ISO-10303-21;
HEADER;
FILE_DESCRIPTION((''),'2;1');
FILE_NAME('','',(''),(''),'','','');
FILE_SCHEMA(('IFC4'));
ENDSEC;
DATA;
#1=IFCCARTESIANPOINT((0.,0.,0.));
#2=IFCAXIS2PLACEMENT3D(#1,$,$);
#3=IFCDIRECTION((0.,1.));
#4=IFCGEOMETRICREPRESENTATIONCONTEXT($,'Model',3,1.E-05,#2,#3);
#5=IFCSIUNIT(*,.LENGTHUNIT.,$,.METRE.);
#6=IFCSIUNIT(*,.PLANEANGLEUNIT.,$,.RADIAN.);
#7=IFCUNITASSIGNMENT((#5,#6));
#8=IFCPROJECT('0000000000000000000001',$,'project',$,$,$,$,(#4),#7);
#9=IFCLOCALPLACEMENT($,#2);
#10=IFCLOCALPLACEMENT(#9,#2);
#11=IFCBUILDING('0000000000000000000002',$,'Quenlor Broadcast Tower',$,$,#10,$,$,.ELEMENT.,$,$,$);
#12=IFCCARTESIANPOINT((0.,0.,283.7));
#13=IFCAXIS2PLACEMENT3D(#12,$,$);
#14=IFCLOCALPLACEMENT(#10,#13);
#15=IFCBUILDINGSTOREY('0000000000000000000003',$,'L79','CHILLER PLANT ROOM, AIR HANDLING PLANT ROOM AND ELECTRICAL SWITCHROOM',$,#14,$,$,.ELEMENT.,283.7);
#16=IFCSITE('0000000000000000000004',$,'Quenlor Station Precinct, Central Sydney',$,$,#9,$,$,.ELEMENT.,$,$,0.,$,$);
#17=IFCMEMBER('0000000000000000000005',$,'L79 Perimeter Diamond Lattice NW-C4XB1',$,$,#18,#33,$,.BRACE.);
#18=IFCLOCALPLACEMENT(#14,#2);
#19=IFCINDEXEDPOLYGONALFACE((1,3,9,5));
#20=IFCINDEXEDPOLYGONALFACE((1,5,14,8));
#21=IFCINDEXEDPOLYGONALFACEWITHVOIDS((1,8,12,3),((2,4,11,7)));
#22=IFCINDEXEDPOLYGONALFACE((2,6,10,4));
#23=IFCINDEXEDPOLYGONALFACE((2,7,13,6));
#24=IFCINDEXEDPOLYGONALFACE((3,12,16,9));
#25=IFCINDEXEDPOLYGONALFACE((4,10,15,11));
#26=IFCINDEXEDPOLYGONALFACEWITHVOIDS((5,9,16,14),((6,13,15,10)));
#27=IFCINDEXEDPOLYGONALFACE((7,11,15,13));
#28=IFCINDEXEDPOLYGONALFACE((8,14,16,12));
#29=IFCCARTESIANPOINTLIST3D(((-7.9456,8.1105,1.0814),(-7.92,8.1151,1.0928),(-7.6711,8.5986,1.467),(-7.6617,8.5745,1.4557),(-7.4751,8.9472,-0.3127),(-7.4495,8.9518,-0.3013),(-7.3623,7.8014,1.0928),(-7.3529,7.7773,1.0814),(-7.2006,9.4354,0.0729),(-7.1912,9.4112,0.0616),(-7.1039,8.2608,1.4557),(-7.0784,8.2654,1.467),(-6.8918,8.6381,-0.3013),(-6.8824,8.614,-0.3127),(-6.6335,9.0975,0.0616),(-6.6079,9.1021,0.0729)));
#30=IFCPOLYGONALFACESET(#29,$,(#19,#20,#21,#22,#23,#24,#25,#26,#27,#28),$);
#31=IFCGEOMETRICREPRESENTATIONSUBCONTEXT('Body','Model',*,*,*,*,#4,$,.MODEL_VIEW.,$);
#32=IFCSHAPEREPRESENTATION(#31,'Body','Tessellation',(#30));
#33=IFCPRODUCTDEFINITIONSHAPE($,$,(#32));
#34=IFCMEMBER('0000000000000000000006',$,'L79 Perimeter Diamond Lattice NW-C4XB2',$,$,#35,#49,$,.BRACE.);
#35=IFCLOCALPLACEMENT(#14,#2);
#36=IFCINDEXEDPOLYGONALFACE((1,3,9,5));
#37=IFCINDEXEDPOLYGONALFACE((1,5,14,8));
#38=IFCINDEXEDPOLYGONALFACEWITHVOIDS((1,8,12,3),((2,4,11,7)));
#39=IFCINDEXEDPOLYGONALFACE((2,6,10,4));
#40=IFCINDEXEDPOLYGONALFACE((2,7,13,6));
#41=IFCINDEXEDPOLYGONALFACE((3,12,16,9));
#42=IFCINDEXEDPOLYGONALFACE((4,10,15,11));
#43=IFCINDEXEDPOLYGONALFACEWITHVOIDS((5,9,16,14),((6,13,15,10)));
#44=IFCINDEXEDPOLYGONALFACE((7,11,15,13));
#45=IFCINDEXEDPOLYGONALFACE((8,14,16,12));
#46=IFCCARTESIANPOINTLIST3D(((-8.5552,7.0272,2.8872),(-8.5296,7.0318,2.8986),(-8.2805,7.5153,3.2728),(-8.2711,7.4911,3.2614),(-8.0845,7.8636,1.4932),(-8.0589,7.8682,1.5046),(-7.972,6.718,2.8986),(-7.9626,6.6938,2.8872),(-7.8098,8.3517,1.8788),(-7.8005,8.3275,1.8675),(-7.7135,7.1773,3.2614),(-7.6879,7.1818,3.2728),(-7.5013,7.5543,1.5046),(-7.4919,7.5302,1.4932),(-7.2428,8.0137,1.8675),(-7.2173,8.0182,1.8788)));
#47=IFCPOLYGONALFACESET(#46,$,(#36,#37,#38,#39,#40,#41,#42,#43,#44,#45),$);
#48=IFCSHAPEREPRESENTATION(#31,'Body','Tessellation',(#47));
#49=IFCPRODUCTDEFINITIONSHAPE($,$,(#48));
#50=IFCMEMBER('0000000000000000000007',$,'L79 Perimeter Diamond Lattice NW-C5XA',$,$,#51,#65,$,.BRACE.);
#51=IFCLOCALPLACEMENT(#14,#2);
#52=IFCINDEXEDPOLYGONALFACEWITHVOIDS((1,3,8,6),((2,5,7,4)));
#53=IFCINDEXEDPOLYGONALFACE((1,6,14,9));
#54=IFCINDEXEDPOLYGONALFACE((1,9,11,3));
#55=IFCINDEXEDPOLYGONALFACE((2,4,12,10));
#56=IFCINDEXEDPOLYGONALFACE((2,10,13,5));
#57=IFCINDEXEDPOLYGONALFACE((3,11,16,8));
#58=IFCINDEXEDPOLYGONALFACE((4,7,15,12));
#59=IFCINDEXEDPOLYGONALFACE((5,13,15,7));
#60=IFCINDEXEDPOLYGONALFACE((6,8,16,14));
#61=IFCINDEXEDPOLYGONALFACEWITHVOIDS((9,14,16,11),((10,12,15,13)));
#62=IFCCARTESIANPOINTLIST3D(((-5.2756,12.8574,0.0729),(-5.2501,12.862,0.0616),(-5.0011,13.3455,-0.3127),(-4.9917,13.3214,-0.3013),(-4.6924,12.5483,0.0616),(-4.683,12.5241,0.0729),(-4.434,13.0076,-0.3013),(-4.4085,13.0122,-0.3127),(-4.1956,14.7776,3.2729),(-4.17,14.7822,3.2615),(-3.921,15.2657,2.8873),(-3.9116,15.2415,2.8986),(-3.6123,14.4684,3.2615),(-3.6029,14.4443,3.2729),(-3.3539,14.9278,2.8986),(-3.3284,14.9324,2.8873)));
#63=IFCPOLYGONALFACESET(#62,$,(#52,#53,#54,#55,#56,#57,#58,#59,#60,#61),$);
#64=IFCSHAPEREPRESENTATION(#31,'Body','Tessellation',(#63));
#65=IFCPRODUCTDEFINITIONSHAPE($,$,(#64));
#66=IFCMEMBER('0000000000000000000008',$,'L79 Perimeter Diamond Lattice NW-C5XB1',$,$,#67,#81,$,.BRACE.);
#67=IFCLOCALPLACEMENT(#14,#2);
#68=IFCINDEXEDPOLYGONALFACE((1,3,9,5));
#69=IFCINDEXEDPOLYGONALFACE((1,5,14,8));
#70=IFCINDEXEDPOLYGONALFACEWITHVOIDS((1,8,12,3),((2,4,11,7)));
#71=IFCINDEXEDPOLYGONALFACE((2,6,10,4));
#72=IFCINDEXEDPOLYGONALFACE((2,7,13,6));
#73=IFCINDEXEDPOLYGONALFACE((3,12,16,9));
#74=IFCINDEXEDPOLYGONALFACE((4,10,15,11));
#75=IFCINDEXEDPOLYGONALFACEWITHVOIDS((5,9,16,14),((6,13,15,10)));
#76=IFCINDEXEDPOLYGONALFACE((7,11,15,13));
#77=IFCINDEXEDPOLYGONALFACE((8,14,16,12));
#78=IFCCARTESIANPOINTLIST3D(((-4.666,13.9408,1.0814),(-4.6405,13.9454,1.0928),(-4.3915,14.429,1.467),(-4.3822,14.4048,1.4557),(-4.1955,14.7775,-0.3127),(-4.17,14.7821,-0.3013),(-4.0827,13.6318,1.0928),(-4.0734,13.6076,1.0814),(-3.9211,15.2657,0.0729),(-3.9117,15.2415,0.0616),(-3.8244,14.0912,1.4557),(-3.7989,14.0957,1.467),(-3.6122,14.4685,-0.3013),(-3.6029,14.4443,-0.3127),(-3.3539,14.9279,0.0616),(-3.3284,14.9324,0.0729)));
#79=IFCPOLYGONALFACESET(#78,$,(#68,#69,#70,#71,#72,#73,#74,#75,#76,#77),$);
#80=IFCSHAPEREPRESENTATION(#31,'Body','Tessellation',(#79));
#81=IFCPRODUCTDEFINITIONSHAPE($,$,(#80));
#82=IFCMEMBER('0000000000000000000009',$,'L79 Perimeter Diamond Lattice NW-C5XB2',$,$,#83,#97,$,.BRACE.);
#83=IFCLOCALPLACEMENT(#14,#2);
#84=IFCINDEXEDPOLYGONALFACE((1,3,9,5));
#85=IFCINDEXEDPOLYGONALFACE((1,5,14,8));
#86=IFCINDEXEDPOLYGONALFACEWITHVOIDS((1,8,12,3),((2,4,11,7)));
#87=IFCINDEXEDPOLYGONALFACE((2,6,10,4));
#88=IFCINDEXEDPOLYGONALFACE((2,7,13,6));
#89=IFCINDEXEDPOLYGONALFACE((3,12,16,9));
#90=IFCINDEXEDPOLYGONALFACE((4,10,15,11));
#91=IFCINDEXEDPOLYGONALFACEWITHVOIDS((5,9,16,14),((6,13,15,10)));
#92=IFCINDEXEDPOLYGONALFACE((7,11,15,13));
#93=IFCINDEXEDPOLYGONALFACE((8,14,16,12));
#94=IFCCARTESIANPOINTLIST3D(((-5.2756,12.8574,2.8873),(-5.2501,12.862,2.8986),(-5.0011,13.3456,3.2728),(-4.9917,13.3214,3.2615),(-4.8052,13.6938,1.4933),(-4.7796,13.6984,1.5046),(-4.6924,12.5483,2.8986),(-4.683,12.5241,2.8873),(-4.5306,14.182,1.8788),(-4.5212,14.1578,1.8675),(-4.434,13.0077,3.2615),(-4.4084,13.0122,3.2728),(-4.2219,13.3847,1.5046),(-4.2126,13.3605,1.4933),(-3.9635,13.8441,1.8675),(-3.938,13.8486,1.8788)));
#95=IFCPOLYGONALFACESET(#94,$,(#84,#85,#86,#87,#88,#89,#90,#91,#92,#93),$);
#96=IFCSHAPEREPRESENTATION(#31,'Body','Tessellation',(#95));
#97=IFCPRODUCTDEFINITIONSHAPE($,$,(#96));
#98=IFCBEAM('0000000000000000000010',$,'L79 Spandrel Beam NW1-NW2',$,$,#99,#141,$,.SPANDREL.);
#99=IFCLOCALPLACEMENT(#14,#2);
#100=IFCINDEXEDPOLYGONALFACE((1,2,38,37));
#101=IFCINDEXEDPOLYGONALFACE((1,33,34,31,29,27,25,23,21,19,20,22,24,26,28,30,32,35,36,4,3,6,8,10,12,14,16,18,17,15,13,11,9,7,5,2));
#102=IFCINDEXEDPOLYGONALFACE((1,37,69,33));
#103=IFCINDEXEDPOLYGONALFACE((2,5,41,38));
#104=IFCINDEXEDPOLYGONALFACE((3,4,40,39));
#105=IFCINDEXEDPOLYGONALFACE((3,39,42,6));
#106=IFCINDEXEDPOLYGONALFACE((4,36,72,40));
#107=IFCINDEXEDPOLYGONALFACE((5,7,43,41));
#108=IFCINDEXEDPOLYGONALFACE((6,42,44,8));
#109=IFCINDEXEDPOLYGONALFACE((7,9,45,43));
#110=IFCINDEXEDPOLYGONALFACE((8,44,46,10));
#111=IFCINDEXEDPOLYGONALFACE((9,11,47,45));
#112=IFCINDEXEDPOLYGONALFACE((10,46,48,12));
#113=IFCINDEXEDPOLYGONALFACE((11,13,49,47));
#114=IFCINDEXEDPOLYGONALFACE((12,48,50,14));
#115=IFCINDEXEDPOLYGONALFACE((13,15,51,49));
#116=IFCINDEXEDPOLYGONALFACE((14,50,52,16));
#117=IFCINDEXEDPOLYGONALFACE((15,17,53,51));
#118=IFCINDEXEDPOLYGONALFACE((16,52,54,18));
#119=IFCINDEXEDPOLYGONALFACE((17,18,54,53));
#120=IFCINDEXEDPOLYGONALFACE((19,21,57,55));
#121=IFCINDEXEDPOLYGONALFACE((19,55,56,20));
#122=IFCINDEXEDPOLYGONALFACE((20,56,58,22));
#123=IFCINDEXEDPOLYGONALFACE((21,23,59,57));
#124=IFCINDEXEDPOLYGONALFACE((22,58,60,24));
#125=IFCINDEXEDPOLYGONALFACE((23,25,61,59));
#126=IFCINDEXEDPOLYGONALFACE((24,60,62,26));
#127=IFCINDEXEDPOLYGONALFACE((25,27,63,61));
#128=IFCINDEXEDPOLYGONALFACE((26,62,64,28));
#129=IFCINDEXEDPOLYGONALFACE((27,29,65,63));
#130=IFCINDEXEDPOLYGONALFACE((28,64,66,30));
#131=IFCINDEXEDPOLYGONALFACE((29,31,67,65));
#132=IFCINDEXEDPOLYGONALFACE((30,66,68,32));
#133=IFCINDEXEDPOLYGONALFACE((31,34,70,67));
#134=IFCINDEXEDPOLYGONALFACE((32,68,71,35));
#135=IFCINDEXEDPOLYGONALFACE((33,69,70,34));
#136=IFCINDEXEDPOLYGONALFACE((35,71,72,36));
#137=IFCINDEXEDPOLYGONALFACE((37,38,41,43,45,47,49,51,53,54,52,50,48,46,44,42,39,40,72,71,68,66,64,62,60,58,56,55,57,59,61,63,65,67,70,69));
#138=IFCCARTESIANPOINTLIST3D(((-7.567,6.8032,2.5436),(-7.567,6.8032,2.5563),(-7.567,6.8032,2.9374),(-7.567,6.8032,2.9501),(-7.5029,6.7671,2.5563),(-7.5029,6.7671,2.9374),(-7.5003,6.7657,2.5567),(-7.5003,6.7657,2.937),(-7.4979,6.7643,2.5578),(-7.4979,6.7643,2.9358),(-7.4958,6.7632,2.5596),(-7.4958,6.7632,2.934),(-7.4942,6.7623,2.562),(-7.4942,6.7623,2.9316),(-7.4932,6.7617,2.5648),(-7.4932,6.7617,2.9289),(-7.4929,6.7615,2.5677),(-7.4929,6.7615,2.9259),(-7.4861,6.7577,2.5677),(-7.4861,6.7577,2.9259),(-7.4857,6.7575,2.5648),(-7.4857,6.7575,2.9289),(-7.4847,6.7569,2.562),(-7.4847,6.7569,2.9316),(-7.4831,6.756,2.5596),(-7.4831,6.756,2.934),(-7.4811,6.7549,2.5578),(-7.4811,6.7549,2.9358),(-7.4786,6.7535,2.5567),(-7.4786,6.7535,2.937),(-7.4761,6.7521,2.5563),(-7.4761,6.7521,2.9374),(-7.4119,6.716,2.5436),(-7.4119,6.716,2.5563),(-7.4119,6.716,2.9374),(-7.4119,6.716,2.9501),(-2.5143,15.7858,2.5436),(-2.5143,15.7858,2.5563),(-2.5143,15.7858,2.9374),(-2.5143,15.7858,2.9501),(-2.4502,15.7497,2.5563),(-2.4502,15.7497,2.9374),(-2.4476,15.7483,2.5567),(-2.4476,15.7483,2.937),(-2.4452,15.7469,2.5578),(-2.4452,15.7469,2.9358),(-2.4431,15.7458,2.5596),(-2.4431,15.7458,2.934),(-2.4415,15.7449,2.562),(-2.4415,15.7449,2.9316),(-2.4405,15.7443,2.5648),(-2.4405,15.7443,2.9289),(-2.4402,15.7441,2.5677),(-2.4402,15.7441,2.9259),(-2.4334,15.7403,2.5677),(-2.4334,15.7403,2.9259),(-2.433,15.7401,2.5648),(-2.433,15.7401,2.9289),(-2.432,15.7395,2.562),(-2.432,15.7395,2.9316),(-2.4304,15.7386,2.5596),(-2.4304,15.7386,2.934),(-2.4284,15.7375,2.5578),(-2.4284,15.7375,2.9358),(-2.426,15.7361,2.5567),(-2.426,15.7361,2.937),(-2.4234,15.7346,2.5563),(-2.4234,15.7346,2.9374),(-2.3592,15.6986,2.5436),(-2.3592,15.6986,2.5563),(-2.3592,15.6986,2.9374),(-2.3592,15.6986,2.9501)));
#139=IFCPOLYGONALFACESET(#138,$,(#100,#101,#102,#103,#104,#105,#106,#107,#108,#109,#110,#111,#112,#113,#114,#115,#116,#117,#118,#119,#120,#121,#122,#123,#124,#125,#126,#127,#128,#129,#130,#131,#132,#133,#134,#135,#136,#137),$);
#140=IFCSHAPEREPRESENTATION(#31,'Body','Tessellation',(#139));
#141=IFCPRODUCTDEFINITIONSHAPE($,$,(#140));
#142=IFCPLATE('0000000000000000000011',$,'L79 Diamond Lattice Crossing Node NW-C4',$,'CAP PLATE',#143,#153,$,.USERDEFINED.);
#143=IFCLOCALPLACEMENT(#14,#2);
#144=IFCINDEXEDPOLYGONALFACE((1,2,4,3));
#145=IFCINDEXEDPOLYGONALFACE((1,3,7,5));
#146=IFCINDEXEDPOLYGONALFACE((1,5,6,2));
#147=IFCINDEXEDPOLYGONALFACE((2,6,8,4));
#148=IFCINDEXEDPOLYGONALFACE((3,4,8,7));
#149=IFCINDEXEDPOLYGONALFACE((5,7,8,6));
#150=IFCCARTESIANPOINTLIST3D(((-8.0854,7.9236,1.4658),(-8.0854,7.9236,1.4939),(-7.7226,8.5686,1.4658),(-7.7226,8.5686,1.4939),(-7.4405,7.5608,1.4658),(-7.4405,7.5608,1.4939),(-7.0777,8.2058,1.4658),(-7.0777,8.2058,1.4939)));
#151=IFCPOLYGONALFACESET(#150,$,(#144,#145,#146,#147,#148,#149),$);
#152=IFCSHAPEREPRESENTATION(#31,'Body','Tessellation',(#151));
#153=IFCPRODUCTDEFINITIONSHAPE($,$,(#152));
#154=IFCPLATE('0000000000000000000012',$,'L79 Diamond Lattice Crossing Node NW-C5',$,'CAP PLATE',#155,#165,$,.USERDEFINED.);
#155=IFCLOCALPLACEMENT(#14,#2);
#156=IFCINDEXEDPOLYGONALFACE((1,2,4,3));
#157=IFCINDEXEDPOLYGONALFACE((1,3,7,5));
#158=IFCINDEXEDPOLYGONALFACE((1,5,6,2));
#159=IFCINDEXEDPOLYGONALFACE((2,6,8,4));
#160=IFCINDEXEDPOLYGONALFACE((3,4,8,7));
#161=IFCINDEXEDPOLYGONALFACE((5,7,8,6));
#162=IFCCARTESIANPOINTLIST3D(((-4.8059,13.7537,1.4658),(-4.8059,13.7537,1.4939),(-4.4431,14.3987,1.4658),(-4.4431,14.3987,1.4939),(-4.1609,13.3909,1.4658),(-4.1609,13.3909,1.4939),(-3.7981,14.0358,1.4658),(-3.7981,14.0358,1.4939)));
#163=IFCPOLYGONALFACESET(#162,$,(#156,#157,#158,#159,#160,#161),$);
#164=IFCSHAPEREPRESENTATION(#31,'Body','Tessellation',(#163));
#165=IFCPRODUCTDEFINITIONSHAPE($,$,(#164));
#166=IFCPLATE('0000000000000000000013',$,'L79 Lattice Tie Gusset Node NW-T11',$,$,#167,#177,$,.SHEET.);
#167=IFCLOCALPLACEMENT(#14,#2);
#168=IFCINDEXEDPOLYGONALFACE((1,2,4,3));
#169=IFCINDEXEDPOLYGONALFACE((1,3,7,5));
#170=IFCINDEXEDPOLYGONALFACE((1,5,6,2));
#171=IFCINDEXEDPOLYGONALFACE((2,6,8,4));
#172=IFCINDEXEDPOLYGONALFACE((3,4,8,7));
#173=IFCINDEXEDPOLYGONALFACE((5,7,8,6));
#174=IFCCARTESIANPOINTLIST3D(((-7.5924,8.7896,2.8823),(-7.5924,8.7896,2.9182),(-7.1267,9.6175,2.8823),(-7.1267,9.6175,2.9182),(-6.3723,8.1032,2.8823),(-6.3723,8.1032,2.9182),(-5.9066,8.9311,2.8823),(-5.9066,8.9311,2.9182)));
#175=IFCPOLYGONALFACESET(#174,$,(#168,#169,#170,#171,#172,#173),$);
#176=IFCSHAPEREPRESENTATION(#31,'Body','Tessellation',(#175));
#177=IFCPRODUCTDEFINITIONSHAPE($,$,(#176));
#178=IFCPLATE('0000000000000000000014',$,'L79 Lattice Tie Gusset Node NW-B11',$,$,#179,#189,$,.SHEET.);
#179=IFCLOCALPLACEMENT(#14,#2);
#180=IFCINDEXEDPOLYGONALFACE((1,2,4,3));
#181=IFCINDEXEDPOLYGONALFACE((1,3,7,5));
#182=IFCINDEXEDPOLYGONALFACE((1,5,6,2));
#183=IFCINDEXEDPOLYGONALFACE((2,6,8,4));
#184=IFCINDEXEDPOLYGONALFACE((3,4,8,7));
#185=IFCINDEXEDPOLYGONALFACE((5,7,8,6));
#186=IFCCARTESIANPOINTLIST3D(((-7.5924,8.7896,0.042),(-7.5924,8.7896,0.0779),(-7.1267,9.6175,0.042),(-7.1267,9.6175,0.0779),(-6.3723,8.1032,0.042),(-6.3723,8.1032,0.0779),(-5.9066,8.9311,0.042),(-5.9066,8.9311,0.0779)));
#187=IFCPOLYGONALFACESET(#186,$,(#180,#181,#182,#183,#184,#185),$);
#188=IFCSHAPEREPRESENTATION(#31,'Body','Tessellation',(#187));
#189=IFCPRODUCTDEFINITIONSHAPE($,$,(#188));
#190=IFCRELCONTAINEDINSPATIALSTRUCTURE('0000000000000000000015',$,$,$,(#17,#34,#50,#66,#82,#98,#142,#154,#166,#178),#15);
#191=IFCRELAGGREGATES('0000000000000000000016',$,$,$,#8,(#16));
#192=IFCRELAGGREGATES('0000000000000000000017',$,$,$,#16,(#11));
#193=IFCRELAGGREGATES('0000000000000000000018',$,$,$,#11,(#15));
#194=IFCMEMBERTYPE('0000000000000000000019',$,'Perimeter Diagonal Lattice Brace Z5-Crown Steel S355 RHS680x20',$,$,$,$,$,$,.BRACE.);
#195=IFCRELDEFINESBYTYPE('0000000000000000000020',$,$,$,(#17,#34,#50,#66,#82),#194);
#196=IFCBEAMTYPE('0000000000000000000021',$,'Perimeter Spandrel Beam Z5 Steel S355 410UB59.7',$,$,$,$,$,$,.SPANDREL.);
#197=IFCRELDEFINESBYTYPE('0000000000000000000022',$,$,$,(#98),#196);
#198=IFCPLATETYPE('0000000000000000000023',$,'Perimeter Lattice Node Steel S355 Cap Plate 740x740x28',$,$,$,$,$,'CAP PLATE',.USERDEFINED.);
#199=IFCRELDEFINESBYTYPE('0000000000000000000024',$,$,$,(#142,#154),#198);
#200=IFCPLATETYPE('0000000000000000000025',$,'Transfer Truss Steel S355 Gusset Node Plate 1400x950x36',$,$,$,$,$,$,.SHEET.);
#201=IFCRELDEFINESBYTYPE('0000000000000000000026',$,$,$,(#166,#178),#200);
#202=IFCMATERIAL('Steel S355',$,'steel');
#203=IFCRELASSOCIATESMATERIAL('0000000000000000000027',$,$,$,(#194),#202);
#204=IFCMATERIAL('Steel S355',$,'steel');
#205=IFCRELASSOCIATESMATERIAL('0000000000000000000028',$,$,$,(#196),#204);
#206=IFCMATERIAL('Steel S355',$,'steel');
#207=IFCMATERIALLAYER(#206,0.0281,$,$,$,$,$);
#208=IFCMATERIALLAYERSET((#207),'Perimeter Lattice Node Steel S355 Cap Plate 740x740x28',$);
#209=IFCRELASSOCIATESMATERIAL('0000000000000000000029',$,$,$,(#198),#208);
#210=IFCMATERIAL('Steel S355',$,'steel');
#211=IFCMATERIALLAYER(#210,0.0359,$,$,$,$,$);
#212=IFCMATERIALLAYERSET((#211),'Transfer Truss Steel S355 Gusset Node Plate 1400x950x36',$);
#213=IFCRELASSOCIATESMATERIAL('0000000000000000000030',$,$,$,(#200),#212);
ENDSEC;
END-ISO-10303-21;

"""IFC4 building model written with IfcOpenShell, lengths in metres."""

from ifc_helpers import new_model, si_unit, direction, frame, origin, origin_2d, place, context, subcontext, project, spatial, rectangle, hollow_rectangle, i_section, extrude, material, layer, layer_set, material_profile, profile_set, type_object, element, save


model = new_model("IFC4")

# Units and contexts
model_context = context("Model", 3, precision=1e-05, world=origin(), true_north=direction((0.0, 1.0)))
body_context = subcontext(model_context, "Body", "Model", "MODEL_VIEW")
ifc_project = project(units=[si_unit("LENGTHUNIT", "METRE"), si_unit("PLANEANGLEUNIT", "RADIAN")], contexts=[model_context])

# Site, building, storey
site_placement = place(None, origin())
site = spatial("IfcSite", under=ifc_project, at=site_placement, Name="Quenlor Station Precinct, Central Sydney", CompositionType="ELEMENT", RefElevation=0.0)
building_placement = place(site_placement, origin())
building = spatial("IfcBuilding", under=site, at=building_placement, Name="Quenlor Broadcast Tower", CompositionType="ELEMENT")
storey_placement = place(building_placement, frame((0.0, 0.0, 283.7)))
storey = spatial("IfcBuildingStorey", under=building, at=storey_placement, Name="L79", Description="CHILLER PLANT ROOM, AIR HANDLING PLANT ROOM AND ELECTRICAL SWITCHROOM", CompositionType="ELEMENT", Elevation=283.7)

# Members
ifc_material_1 = material(Name="Steel S355", Category="steel")
ifc_material_profile_1 = material_profile(ifc_material_1, hollow_rectangle(XDim=0.6799, YDim=0.6799, WallThickness=0.02, at=origin_2d()))
ifc_profile_set_1 = profile_set([ifc_material_profile_1], Name="Steel S355 RHS680x680x20")
member_type = type_object("IfcMemberType", Name="Perimeter Diagonal Lattice Brace Z5-Crown Steel S355 RHS680x20", PredefinedType="BRACE", material=ifc_profile_set_1)
member_1_placement = place(storey_placement, frame((-7.0415, 9.0247, -0.1199), z_axis=(-0.27796, -0.494327, 0.823638), x_axis=(0.87165, -0.490128, 0.0)))
element("IfcMember", 1, at=member_1_placement, inside=storey, type_object=member_type, Name="L79 Perimeter Diamond Lattice NW-C4XB1", PredefinedType="BRACE", context=body_context, shape_type="SweptSolid", body=[
    extrude(hollow_rectangle(XDim=0.6799, YDim=0.6799, WallThickness=0.02, at=origin_2d()), origin(), (0.0, 0.0, 1.0), 1.6926),
])
member_2_placement = place(storey_placement, frame((-7.6509, 7.9409, 1.686), z_axis=(-0.278113, -0.494198, 0.823664), x_axis=(0.87148, -0.49043, 0.0)))
element("IfcMember", 2, at=member_2_placement, inside=storey, type_object=member_type, Name="L79 Perimeter Diamond Lattice NW-C4XB2", PredefinedType="BRACE", context=body_context, shape_type="SweptSolid", body=[
    extrude(hollow_rectangle(XDim=0.6799, YDim=0.6799, WallThickness=0.02, at=origin_2d()), origin(), (0.0, 0.0, 1.0), 1.6924),
])
member_3_placement = place(storey_placement, frame((-4.842, 12.9348, -0.1199), z_axis=(0.278012, 0.49425, 0.823666), x_axis=(-0.871578, 0.490256, 0.0)))
element("IfcMember", 3, at=member_3_placement, inside=storey, type_object=member_type, Name="L79 Perimeter Diamond Lattice NW-C5XA", PredefinedType="BRACE", context=body_context, shape_type="SweptSolid", body=[
    extrude(hollow_rectangle(XDim=0.6799, YDim=0.6799, WallThickness=0.02, at=origin_2d()), origin(), (0.0, 0.0, 1.0), 3.885),
])
member_4_placement = place(storey_placement, frame((-3.762, 14.855, -0.1199), z_axis=(-0.27796, -0.494327, 0.823638), x_axis=(0.87165, -0.490128, 0.0)))
element("IfcMember", 4, at=member_4_placement, inside=storey, type_object=member_type, Name="L79 Perimeter Diamond Lattice NW-C5XB1", PredefinedType="BRACE", context=body_context, shape_type="SweptSolid", body=[
    extrude(hollow_rectangle(XDim=0.6799, YDim=0.6799, WallThickness=0.02, at=origin_2d()), origin(), (0.0, 0.0, 1.0), 1.6926),
])
member_5_placement = place(storey_placement, frame((-4.3716, 13.7712, 1.686), z_axis=(-0.27798, -0.494218, 0.823697), x_axis=(0.871589, -0.490237, 0.0)))
element("IfcMember", 5, at=member_5_placement, inside=storey, type_object=member_type, Name="L79 Perimeter Diamond Lattice NW-C5XB2", PredefinedType="BRACE", context=body_context, shape_type="SweptSolid", body=[
    extrude(hollow_rectangle(XDim=0.6799, YDim=0.6799, WallThickness=0.02, at=origin_2d()), origin(), (0.0, 0.0, 1.0), 1.6924),
])

# Beam
ifc_material_2 = material(Name="Steel S355", Category="steel")
ifc_material_profile_2 = material_profile(ifc_material_2, i_section(OverallWidth=0.178, OverallDepth=0.4065, WebThickness=0.0078, FlangeThickness=0.0127, FilletRadius=0.0115, at=origin_2d()))
ifc_profile_set_2 = profile_set([ifc_material_profile_2], Name="Steel S355 410UB59.7")
beam_type_1 = type_object("IfcBeamType", Name="Perimeter Spandrel Beam Z5 Steel S355 410UB59.7", PredefinedType="SPANDREL", material=ifc_profile_set_2)
beam_1_placement = place(storey_placement, frame((-2.4368, 15.7422, 2.7468), z_axis=(-0.49026, -0.871576, 0.0), x_axis=(0.871576, -0.49026, 0.0)))
element("IfcBeam", 6, at=beam_1_placement, inside=storey, type_object=beam_type_1, Name="L79 Spandrel Beam NW1-NW2", PredefinedType="SPANDREL", context=body_context, shape_type="SweptSolid", body=[
    extrude(i_section(OverallWidth=0.178, OverallDepth=0.4065, WebThickness=0.0078, FlangeThickness=0.0127, FilletRadius=0.0115, at=origin_2d()), origin(), (0.0, 0.0, 1.0), 10.3062),
])

# Plates
ifc_material_3 = material(Name="Steel S355", Category="steel")
ifc_layer_1 = layer(ifc_material_3, 0.0281)
ifc_layer_set_1 = layer_set([ifc_layer_1], Name="Perimeter Lattice Node Steel S355 Cap Plate 740x740x28")
plate_type_1 = type_object("IfcPlateType", Name="Perimeter Lattice Node Steel S355 Cap Plate 740x740x28", ElementType="CAP PLATE", PredefinedType="USERDEFINED", material=ifc_layer_set_1)
for number, where, z_axis, x_axis, name in (
    (7, (-7.5815, 8.0647, 1.4658), (0.0, 0.0, 1.0), (0.490295, 0.871556, 0.0), "L79 Diamond Lattice Crossing Node NW-C4"),
    (8, (-4.302, 13.8948, 1.4658), (0.0, 0.0, 1.0), (0.490295, 0.871556, 0.0), "L79 Diamond Lattice Crossing Node NW-C5"),
):
    element("IfcPlate", number, at=place(storey_placement, frame(where, z_axis=z_axis, x_axis=x_axis)), inside=storey, type_object=plate_type_1, Name=name, ObjectType="CAP PLATE", PredefinedType="USERDEFINED", context=body_context, shape_type="SweptSolid", body=[
        extrude(rectangle(XDim=0.74, YDim=0.74, at=origin_2d()), origin(), (0.0, 0.0, 1.0), 0.0281),
    ])
ifc_material_4 = material(Name="Steel S355", Category="steel")
ifc_layer_2 = layer(ifc_material_4, 0.0359)
ifc_layer_set_2 = layer_set([ifc_layer_2], Name="Transfer Truss Steel S355 Gusset Node Plate 1400x950x36")
plate_type_2 = type_object("IfcPlateType", Name="Transfer Truss Steel S355 Gusset Node Plate 1400x950x36", PredefinedType="SHEET", material=ifc_layer_set_2)
for number, where, z_axis, x_axis, name in (
    (9, (-6.7495, 8.8604, 2.8823), (0.0, 0.0, 1.0), (-0.871556, 0.490295, 0.0), "L79 Lattice Tie Gusset Node NW-T11"),
    (10, (-6.7495, 8.8604, 0.042), (0.0, 0.0, 1.0), (-0.871556, 0.490295, 0.0), "L79 Lattice Tie Gusset Node NW-B11"),
):
    element("IfcPlate", number, at=place(storey_placement, frame(where, z_axis=z_axis, x_axis=x_axis)), inside=storey, type_object=plate_type_2, Name=name, PredefinedType="SHEET", context=body_context, shape_type="SweptSolid", body=[
        extrude(rectangle(XDim=1.3999, YDim=0.95, at=origin_2d()), origin(), (0.0, 0.0, 1.0), 0.0359),
    ])

save(model, "model.ifc")
